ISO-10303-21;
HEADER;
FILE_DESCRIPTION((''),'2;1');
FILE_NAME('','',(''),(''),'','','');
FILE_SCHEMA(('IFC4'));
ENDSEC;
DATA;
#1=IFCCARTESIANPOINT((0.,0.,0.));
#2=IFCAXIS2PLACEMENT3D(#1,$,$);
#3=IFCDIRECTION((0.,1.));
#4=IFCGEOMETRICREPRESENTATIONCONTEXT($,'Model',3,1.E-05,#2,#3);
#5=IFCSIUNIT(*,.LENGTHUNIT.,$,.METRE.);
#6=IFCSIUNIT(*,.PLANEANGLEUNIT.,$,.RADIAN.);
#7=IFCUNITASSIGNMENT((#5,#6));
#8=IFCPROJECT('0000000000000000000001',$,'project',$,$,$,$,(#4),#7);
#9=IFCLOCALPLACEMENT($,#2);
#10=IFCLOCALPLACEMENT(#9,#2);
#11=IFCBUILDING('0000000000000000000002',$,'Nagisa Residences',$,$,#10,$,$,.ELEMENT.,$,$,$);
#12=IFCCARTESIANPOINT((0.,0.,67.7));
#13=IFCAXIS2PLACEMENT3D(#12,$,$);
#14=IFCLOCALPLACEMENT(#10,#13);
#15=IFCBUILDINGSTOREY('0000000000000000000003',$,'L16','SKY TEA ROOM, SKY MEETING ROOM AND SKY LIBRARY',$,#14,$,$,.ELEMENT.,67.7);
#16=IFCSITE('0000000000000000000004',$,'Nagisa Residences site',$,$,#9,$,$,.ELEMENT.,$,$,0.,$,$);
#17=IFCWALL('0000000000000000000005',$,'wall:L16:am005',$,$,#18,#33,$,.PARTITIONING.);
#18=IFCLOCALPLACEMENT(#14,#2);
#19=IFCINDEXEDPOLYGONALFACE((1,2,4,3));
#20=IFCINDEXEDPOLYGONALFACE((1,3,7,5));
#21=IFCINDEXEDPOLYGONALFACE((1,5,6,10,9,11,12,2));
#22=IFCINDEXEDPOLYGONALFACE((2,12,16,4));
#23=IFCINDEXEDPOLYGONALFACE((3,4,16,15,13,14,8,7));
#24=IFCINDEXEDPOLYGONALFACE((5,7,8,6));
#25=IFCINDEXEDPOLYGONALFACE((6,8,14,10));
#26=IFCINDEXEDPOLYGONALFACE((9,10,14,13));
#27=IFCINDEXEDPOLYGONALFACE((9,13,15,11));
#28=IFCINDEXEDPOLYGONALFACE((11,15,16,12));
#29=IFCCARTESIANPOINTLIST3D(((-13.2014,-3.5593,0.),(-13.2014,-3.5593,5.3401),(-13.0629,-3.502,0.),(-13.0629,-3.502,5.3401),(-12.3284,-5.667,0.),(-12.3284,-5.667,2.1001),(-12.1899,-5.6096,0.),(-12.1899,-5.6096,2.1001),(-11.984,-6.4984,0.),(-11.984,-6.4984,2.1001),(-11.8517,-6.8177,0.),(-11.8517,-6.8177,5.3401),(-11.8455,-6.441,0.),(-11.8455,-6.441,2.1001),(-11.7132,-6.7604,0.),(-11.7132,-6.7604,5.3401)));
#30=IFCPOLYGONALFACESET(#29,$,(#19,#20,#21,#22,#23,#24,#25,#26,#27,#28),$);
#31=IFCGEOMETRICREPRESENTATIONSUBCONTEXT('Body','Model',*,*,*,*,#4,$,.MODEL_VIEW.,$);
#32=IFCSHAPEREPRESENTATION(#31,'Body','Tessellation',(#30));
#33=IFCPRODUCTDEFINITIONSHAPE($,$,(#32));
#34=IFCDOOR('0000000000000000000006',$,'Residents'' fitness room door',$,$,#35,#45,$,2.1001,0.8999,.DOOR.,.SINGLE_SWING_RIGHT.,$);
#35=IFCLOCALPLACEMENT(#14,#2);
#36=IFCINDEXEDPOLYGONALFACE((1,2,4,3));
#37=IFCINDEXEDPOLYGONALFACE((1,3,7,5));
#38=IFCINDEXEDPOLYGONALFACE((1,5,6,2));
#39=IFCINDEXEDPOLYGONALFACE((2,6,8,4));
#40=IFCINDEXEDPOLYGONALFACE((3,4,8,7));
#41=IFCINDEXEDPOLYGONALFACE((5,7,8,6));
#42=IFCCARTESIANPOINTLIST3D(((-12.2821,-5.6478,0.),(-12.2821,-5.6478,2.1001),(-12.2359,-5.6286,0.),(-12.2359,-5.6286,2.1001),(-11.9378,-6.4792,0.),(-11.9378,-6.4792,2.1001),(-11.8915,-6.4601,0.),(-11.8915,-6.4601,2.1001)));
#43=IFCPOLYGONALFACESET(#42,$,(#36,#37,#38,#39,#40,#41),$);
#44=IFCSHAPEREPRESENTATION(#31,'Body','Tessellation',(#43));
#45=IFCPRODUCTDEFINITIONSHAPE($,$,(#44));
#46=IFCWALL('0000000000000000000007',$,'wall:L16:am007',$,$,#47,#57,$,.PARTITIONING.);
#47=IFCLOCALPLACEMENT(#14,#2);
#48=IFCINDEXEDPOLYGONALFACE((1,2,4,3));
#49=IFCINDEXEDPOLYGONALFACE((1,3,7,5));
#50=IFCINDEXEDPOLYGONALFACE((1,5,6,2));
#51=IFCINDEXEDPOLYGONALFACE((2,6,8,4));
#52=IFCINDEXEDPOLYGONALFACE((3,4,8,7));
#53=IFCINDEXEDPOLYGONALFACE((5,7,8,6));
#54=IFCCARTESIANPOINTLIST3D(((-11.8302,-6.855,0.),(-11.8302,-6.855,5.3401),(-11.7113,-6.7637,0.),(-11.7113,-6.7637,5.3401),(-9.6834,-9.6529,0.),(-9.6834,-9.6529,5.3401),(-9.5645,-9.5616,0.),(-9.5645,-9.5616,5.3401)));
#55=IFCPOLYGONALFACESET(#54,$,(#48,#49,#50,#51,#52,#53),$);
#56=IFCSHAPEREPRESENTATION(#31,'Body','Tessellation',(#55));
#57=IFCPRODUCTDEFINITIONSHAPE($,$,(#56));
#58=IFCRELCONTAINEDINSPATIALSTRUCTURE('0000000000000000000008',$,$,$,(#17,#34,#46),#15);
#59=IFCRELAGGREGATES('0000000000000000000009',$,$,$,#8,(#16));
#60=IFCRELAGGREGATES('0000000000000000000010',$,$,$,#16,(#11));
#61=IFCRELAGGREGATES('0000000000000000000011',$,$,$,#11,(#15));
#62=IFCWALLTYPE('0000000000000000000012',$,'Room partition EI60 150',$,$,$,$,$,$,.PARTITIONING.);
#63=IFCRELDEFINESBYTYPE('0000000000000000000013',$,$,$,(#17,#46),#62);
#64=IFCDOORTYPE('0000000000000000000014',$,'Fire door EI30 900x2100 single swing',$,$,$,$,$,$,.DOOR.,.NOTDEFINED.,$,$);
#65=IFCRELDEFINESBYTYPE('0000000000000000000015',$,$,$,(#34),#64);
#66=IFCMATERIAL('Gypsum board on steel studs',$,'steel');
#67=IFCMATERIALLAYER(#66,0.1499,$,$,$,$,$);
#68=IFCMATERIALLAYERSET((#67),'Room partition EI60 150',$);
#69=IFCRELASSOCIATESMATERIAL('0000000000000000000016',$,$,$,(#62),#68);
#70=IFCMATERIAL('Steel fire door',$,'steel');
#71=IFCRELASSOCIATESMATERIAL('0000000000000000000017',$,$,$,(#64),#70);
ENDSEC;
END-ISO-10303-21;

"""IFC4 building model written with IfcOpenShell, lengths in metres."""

from ifc_helpers import new_model, si_unit, direction, frame, frame_2d, origin, place, context, subcontext, project, spatial, rectangle, extrude, material, layer, layer_set, type_object, element, fill, save


model = new_model("IFC4")

# Units and contexts
model_context = context("Model", 3, precision=1e-05, world=origin(), true_north=direction((0.0, 1.0)))
body_context = subcontext(model_context, "Body", "Model", "MODEL_VIEW")
ifc_project = project(units=[si_unit("LENGTHUNIT", "METRE"), si_unit("PLANEANGLEUNIT", "RADIAN")], contexts=[model_context])

# Site, building, storey
site_placement = place(None, origin())
site = spatial("IfcSite", under=ifc_project, at=site_placement, Name="Nagisa Residences site", CompositionType="ELEMENT", RefElevation=0.0)
building_placement = place(site_placement, origin())
building = spatial("IfcBuilding", under=site, at=building_placement, Name="Nagisa Residences", CompositionType="ELEMENT")
storey_placement = place(building_placement, frame((0.0, 0.0, 67.7)))
storey = spatial("IfcBuildingStorey", under=building, at=storey_placement, Name="L16", Description="SKY TEA ROOM, SKY MEETING ROOM AND SKY LIBRARY", CompositionType="ELEMENT", Elevation=67.7)

# Shared definitions
ifc_material_1 = material(Name="Gypsum board on steel studs", Category="steel")
ifc_layer_1 = layer(ifc_material_1, 0.1499)
ifc_layer_set_1 = layer_set([ifc_layer_1], Name="Room partition EI60 150")
wall_type_1 = type_object("IfcWallType", Name="Room partition EI60 150", PredefinedType="PARTITIONING", material=ifc_layer_set_1)

# Wall, opening, door
wall_1_placement = place(storey_placement, frame((-11.7825, -6.7891, 0.0), z_axis=(0.0, 0.0, 1.0), x_axis=(-0.382678, 0.923882, 0.0)))
wall_1 = element("IfcWall", 1, at=wall_1_placement, inside=storey, type_object=wall_type_1, Name="wall:L16:am005", PredefinedType="PARTITIONING", context=body_context, shape_type="SweptSolid", body=[
    extrude(rectangle(XDim=3.5269, YDim=0.1499, at=frame_2d((1.7634, 0.0))), origin(), (0.0, 0.0, 1.0), 5.3401),
])
opening_1_placement = place(wall_1_placement, frame((0.3457, 0.0, 0.0)))
opening_1 = element("IfcOpeningElement", 2, at=opening_1_placement, cuts=wall_1, PredefinedType="OPENING", context=body_context, shape_type="SweptSolid", body=[
    extrude(rectangle(XDim=0.8999, YDim=2.1001, at=frame_2d((0.45, 1.05))), frame((0.0, 0.085, 0.0), z_axis=(0.0, -1.0, 0.0), x_axis=(1.0, 0.0, 0.0)), (0.0, 0.0, 1.0), 0.1699),
])
ifc_material_2 = material(Name="Steel fire door", Category="steel")
door_type_1 = type_object("IfcDoorType", Name="Fire door EI30 900x2100 single swing", OperationType="NOTDEFINED", PredefinedType="DOOR", material=ifc_material_2)
door_1_placement = place(opening_1_placement, origin())
door_1 = element("IfcDoor", 3, at=door_1_placement, inside=storey, type_object=door_type_1, Name="Residents' fitness room door", OperationType="SINGLE_SWING_RIGHT", OverallHeight=2.1001, OverallWidth=0.8999, PredefinedType="DOOR", context=body_context, shape_type="SweptSolid", body=[
    extrude(rectangle(XDim=0.8999, YDim=2.1001, at=frame_2d((0.45, 1.05))), frame((0.0, 0.0249, 0.0), z_axis=(0.0, -1.0, 0.0), x_axis=(1.0, 0.0, 0.0)), (0.0, 0.0, 1.0), 0.05),
])
fill(opening_1, door_1)

# Wall
wall_2_placement = place(storey_placement, frame((-9.624, -9.6072, 0.0), z_axis=(0.0, 0.0, 1.0), x_axis=(-0.608737, 0.793372, 0.0)))
element("IfcWall", 4, at=wall_2_placement, inside=storey, type_object=wall_type_1, Name="wall:L16:am007", PredefinedType="PARTITIONING", context=body_context, shape_type="SweptSolid", body=[
    extrude(rectangle(XDim=3.5266, YDim=0.1499, at=frame_2d((1.7632, 0.0))), origin(), (0.0, 0.0, 1.0), 5.3401),
])

save(model, "model.ifc")
